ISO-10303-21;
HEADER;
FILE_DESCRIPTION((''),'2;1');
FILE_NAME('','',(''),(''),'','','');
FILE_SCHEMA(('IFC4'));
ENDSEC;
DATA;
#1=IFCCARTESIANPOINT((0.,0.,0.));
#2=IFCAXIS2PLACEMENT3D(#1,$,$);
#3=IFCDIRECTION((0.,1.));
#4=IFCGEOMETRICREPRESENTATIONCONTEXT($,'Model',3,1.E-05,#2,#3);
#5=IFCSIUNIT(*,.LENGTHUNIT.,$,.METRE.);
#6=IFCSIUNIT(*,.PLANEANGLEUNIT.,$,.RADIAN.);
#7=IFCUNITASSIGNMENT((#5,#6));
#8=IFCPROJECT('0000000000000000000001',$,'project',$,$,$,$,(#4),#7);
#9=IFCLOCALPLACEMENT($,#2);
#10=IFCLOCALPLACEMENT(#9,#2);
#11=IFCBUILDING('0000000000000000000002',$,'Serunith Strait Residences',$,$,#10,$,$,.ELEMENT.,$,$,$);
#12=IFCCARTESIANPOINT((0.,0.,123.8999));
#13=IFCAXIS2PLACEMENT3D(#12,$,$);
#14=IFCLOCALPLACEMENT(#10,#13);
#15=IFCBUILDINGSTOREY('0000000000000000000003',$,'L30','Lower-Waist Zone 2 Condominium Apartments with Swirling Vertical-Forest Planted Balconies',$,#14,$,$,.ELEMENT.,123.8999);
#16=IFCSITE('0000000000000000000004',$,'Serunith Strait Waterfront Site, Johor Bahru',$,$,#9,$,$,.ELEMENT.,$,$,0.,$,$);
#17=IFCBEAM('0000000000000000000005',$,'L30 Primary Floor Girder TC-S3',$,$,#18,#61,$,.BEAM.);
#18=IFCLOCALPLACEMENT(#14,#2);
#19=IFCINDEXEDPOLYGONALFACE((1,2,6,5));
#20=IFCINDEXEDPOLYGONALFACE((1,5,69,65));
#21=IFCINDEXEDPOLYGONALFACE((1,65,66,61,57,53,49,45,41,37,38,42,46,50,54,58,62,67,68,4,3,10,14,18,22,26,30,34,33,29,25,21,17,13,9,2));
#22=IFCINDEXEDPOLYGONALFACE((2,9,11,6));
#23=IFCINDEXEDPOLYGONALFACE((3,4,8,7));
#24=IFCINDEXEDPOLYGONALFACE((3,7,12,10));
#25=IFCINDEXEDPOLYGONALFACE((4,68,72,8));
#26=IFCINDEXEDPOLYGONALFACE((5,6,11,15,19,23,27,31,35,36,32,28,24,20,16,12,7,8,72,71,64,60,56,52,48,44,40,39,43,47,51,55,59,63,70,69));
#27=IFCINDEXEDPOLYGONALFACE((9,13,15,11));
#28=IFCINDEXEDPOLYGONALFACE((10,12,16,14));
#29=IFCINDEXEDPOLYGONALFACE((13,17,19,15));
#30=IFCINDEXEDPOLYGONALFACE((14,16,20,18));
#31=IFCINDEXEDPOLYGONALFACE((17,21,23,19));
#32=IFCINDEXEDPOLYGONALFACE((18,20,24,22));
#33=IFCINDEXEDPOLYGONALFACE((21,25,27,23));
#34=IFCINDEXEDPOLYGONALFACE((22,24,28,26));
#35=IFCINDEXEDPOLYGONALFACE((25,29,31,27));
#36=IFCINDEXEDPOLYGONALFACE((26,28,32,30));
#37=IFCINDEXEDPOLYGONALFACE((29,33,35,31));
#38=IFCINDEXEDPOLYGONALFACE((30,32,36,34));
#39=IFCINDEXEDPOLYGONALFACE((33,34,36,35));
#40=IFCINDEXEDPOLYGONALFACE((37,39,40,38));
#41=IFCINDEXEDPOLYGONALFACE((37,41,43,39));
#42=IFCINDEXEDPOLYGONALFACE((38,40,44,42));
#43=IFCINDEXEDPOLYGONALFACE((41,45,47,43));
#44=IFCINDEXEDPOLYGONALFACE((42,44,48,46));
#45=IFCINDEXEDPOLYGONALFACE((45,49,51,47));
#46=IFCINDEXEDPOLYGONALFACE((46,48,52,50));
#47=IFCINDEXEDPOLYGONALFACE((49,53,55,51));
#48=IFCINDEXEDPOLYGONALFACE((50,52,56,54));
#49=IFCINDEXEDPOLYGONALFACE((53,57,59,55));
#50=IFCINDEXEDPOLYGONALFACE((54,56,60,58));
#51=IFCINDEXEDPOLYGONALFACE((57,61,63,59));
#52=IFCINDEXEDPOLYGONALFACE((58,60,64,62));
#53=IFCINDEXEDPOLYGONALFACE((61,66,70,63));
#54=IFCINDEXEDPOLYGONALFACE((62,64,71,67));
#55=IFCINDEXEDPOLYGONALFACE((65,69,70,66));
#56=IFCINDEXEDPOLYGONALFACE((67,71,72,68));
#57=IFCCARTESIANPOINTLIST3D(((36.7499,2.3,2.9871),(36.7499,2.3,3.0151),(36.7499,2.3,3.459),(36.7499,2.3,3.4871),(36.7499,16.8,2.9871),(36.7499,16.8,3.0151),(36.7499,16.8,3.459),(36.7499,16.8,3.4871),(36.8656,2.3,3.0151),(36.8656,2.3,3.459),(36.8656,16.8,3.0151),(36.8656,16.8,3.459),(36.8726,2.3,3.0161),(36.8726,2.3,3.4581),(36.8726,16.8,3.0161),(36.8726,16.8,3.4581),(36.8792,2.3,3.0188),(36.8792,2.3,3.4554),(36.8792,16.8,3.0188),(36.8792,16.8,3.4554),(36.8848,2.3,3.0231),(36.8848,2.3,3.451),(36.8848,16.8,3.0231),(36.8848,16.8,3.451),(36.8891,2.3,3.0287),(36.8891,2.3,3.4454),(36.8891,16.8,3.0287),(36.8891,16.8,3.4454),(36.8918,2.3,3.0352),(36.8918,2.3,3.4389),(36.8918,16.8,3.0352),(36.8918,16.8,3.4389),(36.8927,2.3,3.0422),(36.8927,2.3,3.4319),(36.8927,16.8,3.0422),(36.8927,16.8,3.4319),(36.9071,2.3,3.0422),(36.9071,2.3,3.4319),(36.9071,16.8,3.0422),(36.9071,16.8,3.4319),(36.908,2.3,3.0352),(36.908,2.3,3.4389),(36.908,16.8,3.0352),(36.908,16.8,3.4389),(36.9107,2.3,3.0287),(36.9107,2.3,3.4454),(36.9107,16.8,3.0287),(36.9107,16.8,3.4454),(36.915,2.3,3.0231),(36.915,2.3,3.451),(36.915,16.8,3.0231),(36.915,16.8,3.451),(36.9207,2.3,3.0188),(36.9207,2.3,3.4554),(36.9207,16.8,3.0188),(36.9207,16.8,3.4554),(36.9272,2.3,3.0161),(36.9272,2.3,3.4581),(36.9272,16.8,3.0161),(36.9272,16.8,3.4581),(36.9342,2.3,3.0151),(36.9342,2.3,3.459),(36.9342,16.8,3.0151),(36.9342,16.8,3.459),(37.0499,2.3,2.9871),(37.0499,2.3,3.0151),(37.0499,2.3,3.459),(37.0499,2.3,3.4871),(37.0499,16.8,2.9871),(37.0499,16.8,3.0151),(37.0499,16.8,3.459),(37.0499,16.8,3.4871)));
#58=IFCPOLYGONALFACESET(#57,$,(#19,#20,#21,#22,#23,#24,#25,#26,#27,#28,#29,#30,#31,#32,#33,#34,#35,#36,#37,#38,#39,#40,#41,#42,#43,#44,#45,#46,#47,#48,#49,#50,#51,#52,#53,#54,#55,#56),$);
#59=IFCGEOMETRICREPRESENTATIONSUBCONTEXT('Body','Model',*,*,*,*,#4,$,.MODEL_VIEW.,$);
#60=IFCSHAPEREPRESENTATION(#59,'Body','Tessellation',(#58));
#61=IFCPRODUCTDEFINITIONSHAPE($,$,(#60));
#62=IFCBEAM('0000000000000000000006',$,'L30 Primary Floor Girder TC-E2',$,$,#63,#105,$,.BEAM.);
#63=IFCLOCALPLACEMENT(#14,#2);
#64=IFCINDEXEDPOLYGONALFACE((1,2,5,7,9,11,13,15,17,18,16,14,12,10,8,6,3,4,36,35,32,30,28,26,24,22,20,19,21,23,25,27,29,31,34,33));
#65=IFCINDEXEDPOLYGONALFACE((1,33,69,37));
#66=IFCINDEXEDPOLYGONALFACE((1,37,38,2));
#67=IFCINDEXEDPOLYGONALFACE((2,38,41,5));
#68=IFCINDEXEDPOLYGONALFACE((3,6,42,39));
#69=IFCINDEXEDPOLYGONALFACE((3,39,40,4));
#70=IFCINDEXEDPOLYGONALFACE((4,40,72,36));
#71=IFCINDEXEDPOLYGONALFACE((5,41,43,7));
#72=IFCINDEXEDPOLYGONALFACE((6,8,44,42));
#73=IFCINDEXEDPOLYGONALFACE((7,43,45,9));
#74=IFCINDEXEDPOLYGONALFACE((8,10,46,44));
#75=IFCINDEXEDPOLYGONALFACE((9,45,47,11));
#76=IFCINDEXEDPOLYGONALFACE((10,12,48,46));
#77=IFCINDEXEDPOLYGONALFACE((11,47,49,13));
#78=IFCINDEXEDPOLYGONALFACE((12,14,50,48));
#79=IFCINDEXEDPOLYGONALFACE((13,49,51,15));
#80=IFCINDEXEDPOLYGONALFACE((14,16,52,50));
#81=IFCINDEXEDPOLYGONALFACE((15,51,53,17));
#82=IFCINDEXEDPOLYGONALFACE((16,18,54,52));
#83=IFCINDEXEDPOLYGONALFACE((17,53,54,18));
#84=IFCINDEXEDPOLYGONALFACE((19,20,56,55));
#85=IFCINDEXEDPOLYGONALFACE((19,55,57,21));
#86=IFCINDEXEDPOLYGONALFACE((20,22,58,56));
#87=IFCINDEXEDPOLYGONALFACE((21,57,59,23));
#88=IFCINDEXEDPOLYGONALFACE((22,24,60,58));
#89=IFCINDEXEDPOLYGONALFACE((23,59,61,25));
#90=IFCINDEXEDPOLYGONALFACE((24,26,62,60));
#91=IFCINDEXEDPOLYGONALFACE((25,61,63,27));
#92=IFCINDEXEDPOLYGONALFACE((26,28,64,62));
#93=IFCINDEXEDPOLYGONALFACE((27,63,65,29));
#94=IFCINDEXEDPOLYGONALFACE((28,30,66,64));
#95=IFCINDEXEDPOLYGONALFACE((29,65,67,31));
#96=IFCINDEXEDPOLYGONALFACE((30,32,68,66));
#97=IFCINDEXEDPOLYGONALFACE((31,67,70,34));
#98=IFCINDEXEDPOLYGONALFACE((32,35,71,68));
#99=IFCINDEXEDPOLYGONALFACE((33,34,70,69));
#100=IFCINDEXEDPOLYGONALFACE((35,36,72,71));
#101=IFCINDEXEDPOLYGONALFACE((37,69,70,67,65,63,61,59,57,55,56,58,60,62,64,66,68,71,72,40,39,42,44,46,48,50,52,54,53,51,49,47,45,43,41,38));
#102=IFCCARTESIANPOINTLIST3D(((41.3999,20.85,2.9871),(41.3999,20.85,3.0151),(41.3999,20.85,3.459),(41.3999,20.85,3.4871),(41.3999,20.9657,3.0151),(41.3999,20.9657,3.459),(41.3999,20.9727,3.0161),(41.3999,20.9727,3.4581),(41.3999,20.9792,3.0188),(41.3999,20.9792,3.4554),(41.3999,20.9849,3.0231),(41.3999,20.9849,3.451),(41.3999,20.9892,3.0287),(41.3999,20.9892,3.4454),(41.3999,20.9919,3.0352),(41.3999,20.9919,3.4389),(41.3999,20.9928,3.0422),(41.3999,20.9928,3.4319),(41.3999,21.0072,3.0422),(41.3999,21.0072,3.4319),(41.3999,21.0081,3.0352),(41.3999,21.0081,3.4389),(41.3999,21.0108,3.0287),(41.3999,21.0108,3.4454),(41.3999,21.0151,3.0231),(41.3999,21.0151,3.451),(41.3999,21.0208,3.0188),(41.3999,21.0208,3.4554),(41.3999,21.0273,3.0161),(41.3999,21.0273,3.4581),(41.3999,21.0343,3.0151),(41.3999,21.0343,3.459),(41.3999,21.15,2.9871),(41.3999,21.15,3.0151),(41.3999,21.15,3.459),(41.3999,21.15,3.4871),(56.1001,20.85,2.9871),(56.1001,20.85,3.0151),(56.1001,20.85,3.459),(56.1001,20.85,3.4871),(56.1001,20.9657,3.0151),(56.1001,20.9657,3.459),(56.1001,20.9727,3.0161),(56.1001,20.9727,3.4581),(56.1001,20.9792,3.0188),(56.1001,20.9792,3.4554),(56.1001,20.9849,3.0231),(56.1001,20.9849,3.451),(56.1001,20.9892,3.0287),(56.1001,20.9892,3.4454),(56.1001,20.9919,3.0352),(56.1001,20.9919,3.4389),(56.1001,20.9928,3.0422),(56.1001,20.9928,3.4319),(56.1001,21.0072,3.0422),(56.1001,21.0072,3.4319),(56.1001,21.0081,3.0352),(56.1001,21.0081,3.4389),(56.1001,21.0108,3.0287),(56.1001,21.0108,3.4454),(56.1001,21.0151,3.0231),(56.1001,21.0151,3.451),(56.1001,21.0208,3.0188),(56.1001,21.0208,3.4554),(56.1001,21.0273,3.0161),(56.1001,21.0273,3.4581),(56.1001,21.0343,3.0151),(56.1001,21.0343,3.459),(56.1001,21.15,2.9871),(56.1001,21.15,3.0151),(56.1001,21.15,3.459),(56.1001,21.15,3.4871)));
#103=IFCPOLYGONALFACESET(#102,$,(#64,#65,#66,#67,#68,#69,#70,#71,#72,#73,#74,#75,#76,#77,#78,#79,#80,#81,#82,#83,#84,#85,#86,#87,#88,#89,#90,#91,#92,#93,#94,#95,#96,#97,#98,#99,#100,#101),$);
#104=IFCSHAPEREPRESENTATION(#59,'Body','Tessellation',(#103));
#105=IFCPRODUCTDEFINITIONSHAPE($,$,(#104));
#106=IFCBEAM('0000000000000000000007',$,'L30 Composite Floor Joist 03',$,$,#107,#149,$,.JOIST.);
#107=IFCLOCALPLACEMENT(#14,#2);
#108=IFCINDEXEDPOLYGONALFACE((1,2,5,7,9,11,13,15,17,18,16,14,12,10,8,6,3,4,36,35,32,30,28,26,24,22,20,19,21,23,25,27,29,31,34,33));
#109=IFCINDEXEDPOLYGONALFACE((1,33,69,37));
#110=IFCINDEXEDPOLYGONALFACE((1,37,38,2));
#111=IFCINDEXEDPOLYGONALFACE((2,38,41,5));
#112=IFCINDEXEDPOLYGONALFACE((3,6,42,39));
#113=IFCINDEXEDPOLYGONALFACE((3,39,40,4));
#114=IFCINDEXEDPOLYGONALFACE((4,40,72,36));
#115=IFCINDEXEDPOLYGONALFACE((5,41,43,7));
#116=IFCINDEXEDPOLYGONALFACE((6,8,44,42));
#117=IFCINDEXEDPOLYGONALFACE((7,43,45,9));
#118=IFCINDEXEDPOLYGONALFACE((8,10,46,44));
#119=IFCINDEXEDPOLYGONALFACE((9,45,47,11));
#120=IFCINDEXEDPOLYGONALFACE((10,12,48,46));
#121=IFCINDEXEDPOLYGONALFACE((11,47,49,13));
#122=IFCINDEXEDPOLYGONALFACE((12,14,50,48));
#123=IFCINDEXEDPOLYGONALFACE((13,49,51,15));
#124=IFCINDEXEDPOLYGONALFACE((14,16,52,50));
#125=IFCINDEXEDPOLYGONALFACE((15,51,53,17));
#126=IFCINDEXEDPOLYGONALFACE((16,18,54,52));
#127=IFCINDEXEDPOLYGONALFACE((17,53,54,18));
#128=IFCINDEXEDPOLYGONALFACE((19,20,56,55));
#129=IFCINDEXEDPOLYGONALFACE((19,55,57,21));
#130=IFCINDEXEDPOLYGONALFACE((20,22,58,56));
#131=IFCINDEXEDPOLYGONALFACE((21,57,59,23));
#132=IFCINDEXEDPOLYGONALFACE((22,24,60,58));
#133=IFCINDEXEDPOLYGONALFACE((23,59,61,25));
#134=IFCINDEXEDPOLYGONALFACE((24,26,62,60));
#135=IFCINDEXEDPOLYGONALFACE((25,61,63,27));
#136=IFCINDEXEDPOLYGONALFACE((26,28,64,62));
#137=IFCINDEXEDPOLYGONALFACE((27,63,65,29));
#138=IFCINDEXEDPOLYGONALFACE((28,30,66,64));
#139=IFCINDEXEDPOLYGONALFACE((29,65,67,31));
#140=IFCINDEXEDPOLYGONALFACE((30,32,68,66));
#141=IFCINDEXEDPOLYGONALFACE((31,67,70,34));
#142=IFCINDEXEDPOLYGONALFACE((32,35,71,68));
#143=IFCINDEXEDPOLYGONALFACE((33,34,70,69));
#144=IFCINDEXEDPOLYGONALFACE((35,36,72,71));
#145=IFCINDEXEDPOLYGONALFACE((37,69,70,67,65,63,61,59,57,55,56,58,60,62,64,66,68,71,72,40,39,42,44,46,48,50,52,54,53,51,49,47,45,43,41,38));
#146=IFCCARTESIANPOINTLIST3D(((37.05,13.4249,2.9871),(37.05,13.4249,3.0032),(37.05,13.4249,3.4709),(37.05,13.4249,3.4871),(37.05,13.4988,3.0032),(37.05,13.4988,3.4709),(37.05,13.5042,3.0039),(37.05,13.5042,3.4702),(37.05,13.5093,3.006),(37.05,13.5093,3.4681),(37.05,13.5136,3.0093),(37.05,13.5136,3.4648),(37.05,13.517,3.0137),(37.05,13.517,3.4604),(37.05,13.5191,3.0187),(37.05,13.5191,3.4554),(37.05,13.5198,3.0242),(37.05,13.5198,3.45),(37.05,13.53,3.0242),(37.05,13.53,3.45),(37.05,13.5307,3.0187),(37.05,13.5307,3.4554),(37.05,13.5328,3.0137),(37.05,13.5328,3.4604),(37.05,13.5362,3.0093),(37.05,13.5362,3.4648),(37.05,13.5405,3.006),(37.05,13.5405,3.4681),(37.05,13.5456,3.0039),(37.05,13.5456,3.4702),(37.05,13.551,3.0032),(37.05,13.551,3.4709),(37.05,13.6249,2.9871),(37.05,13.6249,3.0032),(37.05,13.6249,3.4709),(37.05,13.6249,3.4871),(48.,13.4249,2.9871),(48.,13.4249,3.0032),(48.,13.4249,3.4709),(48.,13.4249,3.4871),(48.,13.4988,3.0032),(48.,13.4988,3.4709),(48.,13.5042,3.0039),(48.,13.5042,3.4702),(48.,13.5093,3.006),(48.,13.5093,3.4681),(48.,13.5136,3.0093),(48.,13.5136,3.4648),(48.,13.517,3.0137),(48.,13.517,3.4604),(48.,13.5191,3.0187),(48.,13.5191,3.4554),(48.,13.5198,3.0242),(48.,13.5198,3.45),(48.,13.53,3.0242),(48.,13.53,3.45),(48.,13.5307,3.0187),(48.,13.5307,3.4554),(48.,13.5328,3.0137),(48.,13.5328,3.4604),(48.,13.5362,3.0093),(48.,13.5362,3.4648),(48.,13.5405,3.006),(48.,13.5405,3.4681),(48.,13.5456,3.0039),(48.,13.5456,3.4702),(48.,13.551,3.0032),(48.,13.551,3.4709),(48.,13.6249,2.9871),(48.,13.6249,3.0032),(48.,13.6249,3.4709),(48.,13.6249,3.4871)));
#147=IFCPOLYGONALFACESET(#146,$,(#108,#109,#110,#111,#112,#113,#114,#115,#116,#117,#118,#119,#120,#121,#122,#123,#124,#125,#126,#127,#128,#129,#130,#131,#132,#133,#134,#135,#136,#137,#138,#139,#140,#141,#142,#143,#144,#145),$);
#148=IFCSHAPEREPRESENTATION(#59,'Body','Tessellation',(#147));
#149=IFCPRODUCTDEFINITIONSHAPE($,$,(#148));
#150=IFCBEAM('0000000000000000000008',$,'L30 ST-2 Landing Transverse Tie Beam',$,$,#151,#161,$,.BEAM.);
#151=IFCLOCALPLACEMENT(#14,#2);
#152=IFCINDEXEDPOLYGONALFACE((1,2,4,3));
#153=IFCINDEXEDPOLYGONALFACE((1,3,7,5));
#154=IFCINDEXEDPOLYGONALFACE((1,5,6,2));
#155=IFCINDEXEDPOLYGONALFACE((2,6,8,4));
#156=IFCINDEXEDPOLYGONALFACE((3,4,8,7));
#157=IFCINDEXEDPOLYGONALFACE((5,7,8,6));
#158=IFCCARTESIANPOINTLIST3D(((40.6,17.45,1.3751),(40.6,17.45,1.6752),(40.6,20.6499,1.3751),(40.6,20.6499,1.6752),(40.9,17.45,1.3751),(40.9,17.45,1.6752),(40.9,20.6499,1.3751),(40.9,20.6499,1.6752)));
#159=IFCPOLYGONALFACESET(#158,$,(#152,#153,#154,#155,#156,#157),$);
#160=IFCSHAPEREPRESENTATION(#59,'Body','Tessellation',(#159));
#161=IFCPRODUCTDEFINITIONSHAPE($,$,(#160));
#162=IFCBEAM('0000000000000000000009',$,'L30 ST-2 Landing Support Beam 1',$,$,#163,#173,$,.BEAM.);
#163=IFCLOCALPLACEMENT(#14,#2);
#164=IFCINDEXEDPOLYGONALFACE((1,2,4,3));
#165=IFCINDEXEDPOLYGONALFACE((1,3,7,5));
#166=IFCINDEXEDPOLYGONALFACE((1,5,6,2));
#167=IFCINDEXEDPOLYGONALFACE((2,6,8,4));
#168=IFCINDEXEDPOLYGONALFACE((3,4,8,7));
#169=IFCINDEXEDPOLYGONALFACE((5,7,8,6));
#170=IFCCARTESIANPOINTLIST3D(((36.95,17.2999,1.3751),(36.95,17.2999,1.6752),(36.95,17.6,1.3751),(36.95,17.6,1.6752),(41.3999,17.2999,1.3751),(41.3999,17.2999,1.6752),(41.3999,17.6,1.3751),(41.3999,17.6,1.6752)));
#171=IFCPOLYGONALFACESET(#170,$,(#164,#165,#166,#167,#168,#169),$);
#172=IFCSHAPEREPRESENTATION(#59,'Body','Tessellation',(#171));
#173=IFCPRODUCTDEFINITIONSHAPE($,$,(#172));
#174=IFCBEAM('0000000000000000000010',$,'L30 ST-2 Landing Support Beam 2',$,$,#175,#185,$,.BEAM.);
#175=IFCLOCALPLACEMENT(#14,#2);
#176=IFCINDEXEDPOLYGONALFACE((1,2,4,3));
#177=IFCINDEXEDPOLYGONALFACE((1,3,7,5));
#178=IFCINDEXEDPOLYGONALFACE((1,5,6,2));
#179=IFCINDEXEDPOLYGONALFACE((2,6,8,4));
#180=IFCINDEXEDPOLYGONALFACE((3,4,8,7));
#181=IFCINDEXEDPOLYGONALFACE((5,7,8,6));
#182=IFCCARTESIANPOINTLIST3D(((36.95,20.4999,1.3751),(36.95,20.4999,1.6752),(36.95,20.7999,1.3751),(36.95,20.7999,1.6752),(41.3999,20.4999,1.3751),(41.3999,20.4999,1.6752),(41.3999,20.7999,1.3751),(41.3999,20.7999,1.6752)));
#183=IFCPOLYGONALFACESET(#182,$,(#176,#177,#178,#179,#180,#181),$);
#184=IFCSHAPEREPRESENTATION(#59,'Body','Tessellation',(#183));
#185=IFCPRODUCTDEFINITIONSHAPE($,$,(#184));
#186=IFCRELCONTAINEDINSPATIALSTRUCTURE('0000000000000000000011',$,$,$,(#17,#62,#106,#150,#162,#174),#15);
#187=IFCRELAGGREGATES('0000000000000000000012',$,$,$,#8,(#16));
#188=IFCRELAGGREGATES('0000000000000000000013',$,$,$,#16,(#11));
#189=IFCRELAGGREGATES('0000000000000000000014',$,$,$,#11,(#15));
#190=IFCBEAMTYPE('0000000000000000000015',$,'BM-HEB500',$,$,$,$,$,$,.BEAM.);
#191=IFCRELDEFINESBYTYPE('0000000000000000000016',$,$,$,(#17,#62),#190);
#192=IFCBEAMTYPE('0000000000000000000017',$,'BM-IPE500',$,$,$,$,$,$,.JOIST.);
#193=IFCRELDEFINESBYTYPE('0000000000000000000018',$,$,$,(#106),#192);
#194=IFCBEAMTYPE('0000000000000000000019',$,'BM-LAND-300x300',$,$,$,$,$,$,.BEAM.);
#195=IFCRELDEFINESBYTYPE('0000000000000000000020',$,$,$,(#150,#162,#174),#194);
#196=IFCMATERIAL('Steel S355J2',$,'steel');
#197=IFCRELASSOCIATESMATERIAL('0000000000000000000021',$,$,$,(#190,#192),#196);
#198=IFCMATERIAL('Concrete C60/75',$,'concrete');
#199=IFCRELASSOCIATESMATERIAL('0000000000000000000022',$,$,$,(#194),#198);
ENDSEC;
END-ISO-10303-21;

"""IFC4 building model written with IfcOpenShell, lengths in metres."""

from ifc_helpers import new_model, si_unit, direction, frame, origin, origin_2d, place, context, subcontext, project, spatial, rectangle, i_section, extrude, source, transform, mapped, material, material_profile, profile_set, type_object, element, save


model = new_model("IFC4")

# Units and contexts
model_context = context("Model", 3, precision=1e-05, world=origin(), true_north=direction((0.0, 1.0)))
body_context = subcontext(model_context, "Body", "Model", "MODEL_VIEW")
ifc_project = project(units=[si_unit("LENGTHUNIT", "METRE"), si_unit("PLANEANGLEUNIT", "RADIAN")], contexts=[model_context])

# Site, building, storey
site_placement = place(None, origin())
site = spatial("IfcSite", under=ifc_project, at=site_placement, Name="Serunith Strait Waterfront Site, Johor Bahru", CompositionType="ELEMENT", RefElevation=0.0)
building_placement = place(site_placement, origin())
building = spatial("IfcBuilding", under=site, at=building_placement, Name="Serunith Strait Residences", CompositionType="ELEMENT")
storey_placement = place(building_placement, frame((0.0, 0.0, 123.8999)))
storey = spatial("IfcBuildingStorey", under=building, at=storey_placement, Name="L30", Description="Lower-Waist Zone 2 Condominium Apartments with Swirling Vertical-Forest Planted Balconies", CompositionType="ELEMENT", Elevation=123.8999)

# Beams
ifc_material_1 = material(Name="Steel S355J2", Category="steel")
ifc_material_profile_1 = material_profile(ifc_material_1, i_section(OverallWidth=0.3, OverallDepth=0.5, WebThickness=0.0144, FlangeThickness=0.0281, FilletRadius=0.0271, at=origin_2d()), Name="HEB 500")
ifc_profile_set_1 = profile_set([ifc_material_profile_1], Name="Steel S355J2")
beam_type_1 = type_object("IfcBeamType", Name="BM-HEB500", PredefinedType="BEAM", material=ifc_profile_set_1)
shared_shape_1 = source(origin(), body_context, "Body", "SweptSolid", [
    extrude(i_section(OverallWidth=0.3, OverallDepth=0.5, WebThickness=0.0144, FlangeThickness=0.0281, FilletRadius=0.0271, at=origin_2d()), origin(), (0.0, 0.0, 1.0), 14.5),
])
beam_1_placement = place(storey_placement, frame((36.8999, 16.8, 3.2371), z_axis=(0.0, -1.0, 0.0), x_axis=(1.0, 0.0, 0.0)))
element("IfcBeam", 1, at=beam_1_placement, inside=storey, type_object=beam_type_1, Name="L30 Primary Floor Girder TC-S3", PredefinedType="BEAM", context=body_context, shape_type="MappedRepresentation", body=[
    mapped(shared_shape_1, transform((0.0, 0.0, 0.0), scale=1.0)),
])
shared_shape_2 = source(origin(), body_context, "Body", "SweptSolid", [
    extrude(i_section(OverallWidth=0.3, OverallDepth=0.5, WebThickness=0.0144, FlangeThickness=0.0281, FilletRadius=0.0271, at=origin_2d()), origin(), (0.0, 0.0, 1.0), 14.7002),
])
beam_2_placement = place(storey_placement, frame((41.3999, 21.0, 3.2371), z_axis=(1.0, 0.0, 0.0), x_axis=(0.0, 1.0, 0.0)))
element("IfcBeam", 2, at=beam_2_placement, inside=storey, type_object=beam_type_1, Name="L30 Primary Floor Girder TC-E2", PredefinedType="BEAM", context=body_context, shape_type="MappedRepresentation", body=[
    mapped(shared_shape_2, transform((0.0, 0.0, 0.0), scale=1.0)),
])
ifc_material_profile_2 = material_profile(ifc_material_1, i_section(OverallWidth=0.2, OverallDepth=0.5, WebThickness=0.0103, FlangeThickness=0.0161, FilletRadius=0.021, at=origin_2d()), Name="IPE 500")
ifc_profile_set_2 = profile_set([ifc_material_profile_2], Name="Steel S355J2")
beam_type_2 = type_object("IfcBeamType", Name="BM-IPE500", PredefinedType="JOIST", material=ifc_profile_set_2)
shared_shape_3 = source(origin(), body_context, "Body", "SweptSolid", [
    extrude(i_section(OverallWidth=0.2, OverallDepth=0.5, WebThickness=0.0103, FlangeThickness=0.0161, FilletRadius=0.021, at=origin_2d()), origin(), (0.0, 0.0, 1.0), 10.95),
])
beam_3_placement = place(storey_placement, frame((37.05, 13.5249, 3.2371), z_axis=(1.0, 0.0, 0.0), x_axis=(0.0, 1.0, 0.0)))
element("IfcBeam", 3, at=beam_3_placement, inside=storey, type_object=beam_type_2, Name="L30 Composite Floor Joist 03", PredefinedType="JOIST", context=body_context, shape_type="MappedRepresentation", body=[
    mapped(shared_shape_3, transform((0.0, 0.0, 0.0), scale=1.0)),
])
ifc_material_2 = material(Name="Concrete C60/75", Category="concrete")
ifc_material_profile_3 = material_profile(ifc_material_2, rectangle(XDim=0.3, YDim=0.3, at=origin_2d()), Name="RC 300x300")
ifc_profile_set_3 = profile_set([ifc_material_profile_3], Name="Concrete C60/75")
beam_type_3 = type_object("IfcBeamType", Name="BM-LAND-300x300", PredefinedType="BEAM", material=ifc_profile_set_3)
shared_shape_4 = source(origin(), body_context, "Body", "SweptSolid", [
    extrude(rectangle(XDim=0.3, YDim=0.3, at=origin_2d()), origin(), (0.0, 0.0, 1.0), 3.2),
])
beam_4_placement = place(storey_placement, frame((40.75, 17.45, 1.5251), z_axis=(0.0, 1.0, 0.0), x_axis=(-1.0, 0.0, 0.0)))
element("IfcBeam", 4, at=beam_4_placement, inside=storey, type_object=beam_type_3, Name="L30 ST-2 Landing Transverse Tie Beam", PredefinedType="BEAM", context=body_context, shape_type="MappedRepresentation", body=[
    mapped(shared_shape_4, transform((0.0, 0.0, 0.0), scale=1.0)),
])
shared_shape_5 = source(origin(), body_context, "Body", "SweptSolid", [
    extrude(rectangle(XDim=0.3, YDim=0.3, at=origin_2d()), origin(), (0.0, 0.0, 1.0), 4.45),
])
for number, where, z_axis, x_axis, name in (
    (5, (36.95, 17.45, 1.5251), (1.0, 0.0, 0.0), (0.0, 1.0, 0.0), "L30 ST-2 Landing Support Beam 1"),
    (6, (36.95, 20.6499, 1.5251), (1.0, 0.0, 0.0), (0.0, 1.0, 0.0), "L30 ST-2 Landing Support Beam 2"),
):
    element("IfcBeam", number, at=place(storey_placement, frame(where, z_axis=z_axis, x_axis=x_axis)), inside=storey, type_object=beam_type_3, Name=name, PredefinedType="BEAM", context=body_context, shape_type="MappedRepresentation", body=[
        mapped(shared_shape_5, transform((0.0, 0.0, 0.0), scale=1.0)),
    ])

save(model, "model.ifc")
